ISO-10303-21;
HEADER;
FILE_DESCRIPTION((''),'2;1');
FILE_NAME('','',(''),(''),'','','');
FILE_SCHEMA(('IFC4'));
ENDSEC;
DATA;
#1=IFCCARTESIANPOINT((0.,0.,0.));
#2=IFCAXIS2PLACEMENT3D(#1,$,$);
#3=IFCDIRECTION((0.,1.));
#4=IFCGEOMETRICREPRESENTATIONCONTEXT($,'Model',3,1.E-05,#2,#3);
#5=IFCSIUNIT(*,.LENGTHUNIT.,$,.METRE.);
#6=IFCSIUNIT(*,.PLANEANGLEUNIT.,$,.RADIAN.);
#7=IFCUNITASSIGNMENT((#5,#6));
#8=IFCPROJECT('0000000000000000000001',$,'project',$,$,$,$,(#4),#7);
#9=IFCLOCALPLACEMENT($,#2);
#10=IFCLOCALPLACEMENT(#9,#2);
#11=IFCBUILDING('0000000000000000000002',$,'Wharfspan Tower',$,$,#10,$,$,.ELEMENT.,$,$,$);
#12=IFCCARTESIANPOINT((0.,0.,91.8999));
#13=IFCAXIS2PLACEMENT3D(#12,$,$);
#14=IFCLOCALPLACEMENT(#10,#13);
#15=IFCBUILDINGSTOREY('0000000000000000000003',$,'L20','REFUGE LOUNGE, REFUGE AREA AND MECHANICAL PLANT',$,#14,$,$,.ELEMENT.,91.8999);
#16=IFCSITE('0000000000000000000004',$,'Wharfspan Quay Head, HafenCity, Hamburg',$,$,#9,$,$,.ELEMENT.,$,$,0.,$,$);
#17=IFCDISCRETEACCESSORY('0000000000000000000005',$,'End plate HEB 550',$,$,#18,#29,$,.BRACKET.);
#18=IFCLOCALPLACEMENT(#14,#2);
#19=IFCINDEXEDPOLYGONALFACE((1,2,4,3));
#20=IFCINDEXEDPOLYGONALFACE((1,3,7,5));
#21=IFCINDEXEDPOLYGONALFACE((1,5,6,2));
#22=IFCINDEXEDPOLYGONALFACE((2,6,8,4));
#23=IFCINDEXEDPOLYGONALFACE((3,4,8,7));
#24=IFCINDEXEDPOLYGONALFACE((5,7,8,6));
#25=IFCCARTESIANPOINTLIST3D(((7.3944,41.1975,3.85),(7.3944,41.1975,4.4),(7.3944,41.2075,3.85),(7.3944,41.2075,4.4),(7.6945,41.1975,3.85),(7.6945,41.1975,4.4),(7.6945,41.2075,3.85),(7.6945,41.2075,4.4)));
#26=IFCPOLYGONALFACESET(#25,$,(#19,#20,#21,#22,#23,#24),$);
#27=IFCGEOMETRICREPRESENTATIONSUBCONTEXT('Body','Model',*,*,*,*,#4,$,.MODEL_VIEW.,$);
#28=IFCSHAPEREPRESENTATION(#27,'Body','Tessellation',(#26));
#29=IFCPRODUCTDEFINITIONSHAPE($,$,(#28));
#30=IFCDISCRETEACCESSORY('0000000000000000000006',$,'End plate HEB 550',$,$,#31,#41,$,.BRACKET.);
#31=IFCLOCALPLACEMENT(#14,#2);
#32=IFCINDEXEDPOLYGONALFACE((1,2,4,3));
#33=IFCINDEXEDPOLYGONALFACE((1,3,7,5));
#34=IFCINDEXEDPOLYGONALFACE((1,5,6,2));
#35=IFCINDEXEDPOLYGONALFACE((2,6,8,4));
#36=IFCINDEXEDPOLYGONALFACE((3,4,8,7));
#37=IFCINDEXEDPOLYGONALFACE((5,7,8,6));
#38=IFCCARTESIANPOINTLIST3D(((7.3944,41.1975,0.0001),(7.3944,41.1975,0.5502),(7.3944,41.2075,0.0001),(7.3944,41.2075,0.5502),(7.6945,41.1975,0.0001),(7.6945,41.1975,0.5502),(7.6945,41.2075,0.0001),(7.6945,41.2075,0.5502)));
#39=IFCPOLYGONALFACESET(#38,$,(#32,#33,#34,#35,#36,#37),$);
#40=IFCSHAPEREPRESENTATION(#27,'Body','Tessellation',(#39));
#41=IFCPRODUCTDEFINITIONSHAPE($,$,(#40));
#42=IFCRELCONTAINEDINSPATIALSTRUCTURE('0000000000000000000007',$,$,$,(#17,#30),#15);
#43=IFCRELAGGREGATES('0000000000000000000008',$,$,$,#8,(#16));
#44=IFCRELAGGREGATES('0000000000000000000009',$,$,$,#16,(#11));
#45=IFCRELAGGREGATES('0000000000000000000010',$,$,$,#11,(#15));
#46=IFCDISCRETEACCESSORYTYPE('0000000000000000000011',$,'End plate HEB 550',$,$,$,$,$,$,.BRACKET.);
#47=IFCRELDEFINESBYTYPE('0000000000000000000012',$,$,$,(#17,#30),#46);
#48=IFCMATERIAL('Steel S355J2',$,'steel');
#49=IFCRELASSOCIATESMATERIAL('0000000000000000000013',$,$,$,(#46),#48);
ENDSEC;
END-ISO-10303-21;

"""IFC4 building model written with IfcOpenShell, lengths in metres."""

from ifc_helpers import new_model, si_unit, direction, frame, origin, origin_2d, place, context, subcontext, project, spatial, rectangle, extrude, material, material_profile, profile_set, type_object, element, save


model = new_model("IFC4")

# Units and contexts
model_context = context("Model", 3, precision=1e-05, world=origin(), true_north=direction((0.0, 1.0)))
body_context = subcontext(model_context, "Body", "Model", "MODEL_VIEW")
ifc_project = project(units=[si_unit("LENGTHUNIT", "METRE"), si_unit("PLANEANGLEUNIT", "RADIAN")], contexts=[model_context])

# Site, building, storey
site_placement = place(None, origin())
site = spatial("IfcSite", under=ifc_project, at=site_placement, Name="Wharfspan Quay Head, HafenCity, Hamburg", CompositionType="ELEMENT", RefElevation=0.0)
building_placement = place(site_placement, origin())
building = spatial("IfcBuilding", under=site, at=building_placement, Name="Wharfspan Tower", CompositionType="ELEMENT")
storey_placement = place(building_placement, frame((0.0, 0.0, 91.8999)))
storey = spatial("IfcBuildingStorey", under=building, at=storey_placement, Name="L20", Description="REFUGE LOUNGE, REFUGE AREA AND MECHANICAL PLANT", CompositionType="ELEMENT", Elevation=91.8999)

# Shared definitions
ifc_material_1 = material(Name="Steel S355J2", Category="steel")

# Discrete accessories
ifc_material_profile_1 = material_profile(ifc_material_1, rectangle(XDim=0.3, YDim=0.55, at=origin_2d()))
ifc_profile_set_1 = profile_set([ifc_material_profile_1], Name="Steel S355J2")
discrete_accessory_type_1 = type_object("IfcDiscreteAccessoryType", Name="End plate HEB 550", PredefinedType="BRACKET", material=ifc_profile_set_1)
for number, where, z_axis, x_axis, name in (
    (1, (7.5444, 41.2075, 4.125), (0.0, -1.0, 0.0), (1.0, 0.0, 0.0), "End plate HEB 550"),
    (2, (7.5444, 41.2075, 0.2751), (0.0, -1.0, 0.0), (1.0, 0.0, 0.0), "End plate HEB 550"),
):
    element("IfcDiscreteAccessory", number, at=place(storey_placement, frame(where, z_axis=z_axis, x_axis=x_axis)), inside=storey, type_object=discrete_accessory_type_1, Name=name, PredefinedType="BRACKET", context=body_context, shape_type="SweptSolid", body=[
        extrude(rectangle(XDim=0.3, YDim=0.55, at=origin_2d()), origin(), (0.0, 0.0, 1.0), 0.01),
    ])

save(model, "model.ifc")
